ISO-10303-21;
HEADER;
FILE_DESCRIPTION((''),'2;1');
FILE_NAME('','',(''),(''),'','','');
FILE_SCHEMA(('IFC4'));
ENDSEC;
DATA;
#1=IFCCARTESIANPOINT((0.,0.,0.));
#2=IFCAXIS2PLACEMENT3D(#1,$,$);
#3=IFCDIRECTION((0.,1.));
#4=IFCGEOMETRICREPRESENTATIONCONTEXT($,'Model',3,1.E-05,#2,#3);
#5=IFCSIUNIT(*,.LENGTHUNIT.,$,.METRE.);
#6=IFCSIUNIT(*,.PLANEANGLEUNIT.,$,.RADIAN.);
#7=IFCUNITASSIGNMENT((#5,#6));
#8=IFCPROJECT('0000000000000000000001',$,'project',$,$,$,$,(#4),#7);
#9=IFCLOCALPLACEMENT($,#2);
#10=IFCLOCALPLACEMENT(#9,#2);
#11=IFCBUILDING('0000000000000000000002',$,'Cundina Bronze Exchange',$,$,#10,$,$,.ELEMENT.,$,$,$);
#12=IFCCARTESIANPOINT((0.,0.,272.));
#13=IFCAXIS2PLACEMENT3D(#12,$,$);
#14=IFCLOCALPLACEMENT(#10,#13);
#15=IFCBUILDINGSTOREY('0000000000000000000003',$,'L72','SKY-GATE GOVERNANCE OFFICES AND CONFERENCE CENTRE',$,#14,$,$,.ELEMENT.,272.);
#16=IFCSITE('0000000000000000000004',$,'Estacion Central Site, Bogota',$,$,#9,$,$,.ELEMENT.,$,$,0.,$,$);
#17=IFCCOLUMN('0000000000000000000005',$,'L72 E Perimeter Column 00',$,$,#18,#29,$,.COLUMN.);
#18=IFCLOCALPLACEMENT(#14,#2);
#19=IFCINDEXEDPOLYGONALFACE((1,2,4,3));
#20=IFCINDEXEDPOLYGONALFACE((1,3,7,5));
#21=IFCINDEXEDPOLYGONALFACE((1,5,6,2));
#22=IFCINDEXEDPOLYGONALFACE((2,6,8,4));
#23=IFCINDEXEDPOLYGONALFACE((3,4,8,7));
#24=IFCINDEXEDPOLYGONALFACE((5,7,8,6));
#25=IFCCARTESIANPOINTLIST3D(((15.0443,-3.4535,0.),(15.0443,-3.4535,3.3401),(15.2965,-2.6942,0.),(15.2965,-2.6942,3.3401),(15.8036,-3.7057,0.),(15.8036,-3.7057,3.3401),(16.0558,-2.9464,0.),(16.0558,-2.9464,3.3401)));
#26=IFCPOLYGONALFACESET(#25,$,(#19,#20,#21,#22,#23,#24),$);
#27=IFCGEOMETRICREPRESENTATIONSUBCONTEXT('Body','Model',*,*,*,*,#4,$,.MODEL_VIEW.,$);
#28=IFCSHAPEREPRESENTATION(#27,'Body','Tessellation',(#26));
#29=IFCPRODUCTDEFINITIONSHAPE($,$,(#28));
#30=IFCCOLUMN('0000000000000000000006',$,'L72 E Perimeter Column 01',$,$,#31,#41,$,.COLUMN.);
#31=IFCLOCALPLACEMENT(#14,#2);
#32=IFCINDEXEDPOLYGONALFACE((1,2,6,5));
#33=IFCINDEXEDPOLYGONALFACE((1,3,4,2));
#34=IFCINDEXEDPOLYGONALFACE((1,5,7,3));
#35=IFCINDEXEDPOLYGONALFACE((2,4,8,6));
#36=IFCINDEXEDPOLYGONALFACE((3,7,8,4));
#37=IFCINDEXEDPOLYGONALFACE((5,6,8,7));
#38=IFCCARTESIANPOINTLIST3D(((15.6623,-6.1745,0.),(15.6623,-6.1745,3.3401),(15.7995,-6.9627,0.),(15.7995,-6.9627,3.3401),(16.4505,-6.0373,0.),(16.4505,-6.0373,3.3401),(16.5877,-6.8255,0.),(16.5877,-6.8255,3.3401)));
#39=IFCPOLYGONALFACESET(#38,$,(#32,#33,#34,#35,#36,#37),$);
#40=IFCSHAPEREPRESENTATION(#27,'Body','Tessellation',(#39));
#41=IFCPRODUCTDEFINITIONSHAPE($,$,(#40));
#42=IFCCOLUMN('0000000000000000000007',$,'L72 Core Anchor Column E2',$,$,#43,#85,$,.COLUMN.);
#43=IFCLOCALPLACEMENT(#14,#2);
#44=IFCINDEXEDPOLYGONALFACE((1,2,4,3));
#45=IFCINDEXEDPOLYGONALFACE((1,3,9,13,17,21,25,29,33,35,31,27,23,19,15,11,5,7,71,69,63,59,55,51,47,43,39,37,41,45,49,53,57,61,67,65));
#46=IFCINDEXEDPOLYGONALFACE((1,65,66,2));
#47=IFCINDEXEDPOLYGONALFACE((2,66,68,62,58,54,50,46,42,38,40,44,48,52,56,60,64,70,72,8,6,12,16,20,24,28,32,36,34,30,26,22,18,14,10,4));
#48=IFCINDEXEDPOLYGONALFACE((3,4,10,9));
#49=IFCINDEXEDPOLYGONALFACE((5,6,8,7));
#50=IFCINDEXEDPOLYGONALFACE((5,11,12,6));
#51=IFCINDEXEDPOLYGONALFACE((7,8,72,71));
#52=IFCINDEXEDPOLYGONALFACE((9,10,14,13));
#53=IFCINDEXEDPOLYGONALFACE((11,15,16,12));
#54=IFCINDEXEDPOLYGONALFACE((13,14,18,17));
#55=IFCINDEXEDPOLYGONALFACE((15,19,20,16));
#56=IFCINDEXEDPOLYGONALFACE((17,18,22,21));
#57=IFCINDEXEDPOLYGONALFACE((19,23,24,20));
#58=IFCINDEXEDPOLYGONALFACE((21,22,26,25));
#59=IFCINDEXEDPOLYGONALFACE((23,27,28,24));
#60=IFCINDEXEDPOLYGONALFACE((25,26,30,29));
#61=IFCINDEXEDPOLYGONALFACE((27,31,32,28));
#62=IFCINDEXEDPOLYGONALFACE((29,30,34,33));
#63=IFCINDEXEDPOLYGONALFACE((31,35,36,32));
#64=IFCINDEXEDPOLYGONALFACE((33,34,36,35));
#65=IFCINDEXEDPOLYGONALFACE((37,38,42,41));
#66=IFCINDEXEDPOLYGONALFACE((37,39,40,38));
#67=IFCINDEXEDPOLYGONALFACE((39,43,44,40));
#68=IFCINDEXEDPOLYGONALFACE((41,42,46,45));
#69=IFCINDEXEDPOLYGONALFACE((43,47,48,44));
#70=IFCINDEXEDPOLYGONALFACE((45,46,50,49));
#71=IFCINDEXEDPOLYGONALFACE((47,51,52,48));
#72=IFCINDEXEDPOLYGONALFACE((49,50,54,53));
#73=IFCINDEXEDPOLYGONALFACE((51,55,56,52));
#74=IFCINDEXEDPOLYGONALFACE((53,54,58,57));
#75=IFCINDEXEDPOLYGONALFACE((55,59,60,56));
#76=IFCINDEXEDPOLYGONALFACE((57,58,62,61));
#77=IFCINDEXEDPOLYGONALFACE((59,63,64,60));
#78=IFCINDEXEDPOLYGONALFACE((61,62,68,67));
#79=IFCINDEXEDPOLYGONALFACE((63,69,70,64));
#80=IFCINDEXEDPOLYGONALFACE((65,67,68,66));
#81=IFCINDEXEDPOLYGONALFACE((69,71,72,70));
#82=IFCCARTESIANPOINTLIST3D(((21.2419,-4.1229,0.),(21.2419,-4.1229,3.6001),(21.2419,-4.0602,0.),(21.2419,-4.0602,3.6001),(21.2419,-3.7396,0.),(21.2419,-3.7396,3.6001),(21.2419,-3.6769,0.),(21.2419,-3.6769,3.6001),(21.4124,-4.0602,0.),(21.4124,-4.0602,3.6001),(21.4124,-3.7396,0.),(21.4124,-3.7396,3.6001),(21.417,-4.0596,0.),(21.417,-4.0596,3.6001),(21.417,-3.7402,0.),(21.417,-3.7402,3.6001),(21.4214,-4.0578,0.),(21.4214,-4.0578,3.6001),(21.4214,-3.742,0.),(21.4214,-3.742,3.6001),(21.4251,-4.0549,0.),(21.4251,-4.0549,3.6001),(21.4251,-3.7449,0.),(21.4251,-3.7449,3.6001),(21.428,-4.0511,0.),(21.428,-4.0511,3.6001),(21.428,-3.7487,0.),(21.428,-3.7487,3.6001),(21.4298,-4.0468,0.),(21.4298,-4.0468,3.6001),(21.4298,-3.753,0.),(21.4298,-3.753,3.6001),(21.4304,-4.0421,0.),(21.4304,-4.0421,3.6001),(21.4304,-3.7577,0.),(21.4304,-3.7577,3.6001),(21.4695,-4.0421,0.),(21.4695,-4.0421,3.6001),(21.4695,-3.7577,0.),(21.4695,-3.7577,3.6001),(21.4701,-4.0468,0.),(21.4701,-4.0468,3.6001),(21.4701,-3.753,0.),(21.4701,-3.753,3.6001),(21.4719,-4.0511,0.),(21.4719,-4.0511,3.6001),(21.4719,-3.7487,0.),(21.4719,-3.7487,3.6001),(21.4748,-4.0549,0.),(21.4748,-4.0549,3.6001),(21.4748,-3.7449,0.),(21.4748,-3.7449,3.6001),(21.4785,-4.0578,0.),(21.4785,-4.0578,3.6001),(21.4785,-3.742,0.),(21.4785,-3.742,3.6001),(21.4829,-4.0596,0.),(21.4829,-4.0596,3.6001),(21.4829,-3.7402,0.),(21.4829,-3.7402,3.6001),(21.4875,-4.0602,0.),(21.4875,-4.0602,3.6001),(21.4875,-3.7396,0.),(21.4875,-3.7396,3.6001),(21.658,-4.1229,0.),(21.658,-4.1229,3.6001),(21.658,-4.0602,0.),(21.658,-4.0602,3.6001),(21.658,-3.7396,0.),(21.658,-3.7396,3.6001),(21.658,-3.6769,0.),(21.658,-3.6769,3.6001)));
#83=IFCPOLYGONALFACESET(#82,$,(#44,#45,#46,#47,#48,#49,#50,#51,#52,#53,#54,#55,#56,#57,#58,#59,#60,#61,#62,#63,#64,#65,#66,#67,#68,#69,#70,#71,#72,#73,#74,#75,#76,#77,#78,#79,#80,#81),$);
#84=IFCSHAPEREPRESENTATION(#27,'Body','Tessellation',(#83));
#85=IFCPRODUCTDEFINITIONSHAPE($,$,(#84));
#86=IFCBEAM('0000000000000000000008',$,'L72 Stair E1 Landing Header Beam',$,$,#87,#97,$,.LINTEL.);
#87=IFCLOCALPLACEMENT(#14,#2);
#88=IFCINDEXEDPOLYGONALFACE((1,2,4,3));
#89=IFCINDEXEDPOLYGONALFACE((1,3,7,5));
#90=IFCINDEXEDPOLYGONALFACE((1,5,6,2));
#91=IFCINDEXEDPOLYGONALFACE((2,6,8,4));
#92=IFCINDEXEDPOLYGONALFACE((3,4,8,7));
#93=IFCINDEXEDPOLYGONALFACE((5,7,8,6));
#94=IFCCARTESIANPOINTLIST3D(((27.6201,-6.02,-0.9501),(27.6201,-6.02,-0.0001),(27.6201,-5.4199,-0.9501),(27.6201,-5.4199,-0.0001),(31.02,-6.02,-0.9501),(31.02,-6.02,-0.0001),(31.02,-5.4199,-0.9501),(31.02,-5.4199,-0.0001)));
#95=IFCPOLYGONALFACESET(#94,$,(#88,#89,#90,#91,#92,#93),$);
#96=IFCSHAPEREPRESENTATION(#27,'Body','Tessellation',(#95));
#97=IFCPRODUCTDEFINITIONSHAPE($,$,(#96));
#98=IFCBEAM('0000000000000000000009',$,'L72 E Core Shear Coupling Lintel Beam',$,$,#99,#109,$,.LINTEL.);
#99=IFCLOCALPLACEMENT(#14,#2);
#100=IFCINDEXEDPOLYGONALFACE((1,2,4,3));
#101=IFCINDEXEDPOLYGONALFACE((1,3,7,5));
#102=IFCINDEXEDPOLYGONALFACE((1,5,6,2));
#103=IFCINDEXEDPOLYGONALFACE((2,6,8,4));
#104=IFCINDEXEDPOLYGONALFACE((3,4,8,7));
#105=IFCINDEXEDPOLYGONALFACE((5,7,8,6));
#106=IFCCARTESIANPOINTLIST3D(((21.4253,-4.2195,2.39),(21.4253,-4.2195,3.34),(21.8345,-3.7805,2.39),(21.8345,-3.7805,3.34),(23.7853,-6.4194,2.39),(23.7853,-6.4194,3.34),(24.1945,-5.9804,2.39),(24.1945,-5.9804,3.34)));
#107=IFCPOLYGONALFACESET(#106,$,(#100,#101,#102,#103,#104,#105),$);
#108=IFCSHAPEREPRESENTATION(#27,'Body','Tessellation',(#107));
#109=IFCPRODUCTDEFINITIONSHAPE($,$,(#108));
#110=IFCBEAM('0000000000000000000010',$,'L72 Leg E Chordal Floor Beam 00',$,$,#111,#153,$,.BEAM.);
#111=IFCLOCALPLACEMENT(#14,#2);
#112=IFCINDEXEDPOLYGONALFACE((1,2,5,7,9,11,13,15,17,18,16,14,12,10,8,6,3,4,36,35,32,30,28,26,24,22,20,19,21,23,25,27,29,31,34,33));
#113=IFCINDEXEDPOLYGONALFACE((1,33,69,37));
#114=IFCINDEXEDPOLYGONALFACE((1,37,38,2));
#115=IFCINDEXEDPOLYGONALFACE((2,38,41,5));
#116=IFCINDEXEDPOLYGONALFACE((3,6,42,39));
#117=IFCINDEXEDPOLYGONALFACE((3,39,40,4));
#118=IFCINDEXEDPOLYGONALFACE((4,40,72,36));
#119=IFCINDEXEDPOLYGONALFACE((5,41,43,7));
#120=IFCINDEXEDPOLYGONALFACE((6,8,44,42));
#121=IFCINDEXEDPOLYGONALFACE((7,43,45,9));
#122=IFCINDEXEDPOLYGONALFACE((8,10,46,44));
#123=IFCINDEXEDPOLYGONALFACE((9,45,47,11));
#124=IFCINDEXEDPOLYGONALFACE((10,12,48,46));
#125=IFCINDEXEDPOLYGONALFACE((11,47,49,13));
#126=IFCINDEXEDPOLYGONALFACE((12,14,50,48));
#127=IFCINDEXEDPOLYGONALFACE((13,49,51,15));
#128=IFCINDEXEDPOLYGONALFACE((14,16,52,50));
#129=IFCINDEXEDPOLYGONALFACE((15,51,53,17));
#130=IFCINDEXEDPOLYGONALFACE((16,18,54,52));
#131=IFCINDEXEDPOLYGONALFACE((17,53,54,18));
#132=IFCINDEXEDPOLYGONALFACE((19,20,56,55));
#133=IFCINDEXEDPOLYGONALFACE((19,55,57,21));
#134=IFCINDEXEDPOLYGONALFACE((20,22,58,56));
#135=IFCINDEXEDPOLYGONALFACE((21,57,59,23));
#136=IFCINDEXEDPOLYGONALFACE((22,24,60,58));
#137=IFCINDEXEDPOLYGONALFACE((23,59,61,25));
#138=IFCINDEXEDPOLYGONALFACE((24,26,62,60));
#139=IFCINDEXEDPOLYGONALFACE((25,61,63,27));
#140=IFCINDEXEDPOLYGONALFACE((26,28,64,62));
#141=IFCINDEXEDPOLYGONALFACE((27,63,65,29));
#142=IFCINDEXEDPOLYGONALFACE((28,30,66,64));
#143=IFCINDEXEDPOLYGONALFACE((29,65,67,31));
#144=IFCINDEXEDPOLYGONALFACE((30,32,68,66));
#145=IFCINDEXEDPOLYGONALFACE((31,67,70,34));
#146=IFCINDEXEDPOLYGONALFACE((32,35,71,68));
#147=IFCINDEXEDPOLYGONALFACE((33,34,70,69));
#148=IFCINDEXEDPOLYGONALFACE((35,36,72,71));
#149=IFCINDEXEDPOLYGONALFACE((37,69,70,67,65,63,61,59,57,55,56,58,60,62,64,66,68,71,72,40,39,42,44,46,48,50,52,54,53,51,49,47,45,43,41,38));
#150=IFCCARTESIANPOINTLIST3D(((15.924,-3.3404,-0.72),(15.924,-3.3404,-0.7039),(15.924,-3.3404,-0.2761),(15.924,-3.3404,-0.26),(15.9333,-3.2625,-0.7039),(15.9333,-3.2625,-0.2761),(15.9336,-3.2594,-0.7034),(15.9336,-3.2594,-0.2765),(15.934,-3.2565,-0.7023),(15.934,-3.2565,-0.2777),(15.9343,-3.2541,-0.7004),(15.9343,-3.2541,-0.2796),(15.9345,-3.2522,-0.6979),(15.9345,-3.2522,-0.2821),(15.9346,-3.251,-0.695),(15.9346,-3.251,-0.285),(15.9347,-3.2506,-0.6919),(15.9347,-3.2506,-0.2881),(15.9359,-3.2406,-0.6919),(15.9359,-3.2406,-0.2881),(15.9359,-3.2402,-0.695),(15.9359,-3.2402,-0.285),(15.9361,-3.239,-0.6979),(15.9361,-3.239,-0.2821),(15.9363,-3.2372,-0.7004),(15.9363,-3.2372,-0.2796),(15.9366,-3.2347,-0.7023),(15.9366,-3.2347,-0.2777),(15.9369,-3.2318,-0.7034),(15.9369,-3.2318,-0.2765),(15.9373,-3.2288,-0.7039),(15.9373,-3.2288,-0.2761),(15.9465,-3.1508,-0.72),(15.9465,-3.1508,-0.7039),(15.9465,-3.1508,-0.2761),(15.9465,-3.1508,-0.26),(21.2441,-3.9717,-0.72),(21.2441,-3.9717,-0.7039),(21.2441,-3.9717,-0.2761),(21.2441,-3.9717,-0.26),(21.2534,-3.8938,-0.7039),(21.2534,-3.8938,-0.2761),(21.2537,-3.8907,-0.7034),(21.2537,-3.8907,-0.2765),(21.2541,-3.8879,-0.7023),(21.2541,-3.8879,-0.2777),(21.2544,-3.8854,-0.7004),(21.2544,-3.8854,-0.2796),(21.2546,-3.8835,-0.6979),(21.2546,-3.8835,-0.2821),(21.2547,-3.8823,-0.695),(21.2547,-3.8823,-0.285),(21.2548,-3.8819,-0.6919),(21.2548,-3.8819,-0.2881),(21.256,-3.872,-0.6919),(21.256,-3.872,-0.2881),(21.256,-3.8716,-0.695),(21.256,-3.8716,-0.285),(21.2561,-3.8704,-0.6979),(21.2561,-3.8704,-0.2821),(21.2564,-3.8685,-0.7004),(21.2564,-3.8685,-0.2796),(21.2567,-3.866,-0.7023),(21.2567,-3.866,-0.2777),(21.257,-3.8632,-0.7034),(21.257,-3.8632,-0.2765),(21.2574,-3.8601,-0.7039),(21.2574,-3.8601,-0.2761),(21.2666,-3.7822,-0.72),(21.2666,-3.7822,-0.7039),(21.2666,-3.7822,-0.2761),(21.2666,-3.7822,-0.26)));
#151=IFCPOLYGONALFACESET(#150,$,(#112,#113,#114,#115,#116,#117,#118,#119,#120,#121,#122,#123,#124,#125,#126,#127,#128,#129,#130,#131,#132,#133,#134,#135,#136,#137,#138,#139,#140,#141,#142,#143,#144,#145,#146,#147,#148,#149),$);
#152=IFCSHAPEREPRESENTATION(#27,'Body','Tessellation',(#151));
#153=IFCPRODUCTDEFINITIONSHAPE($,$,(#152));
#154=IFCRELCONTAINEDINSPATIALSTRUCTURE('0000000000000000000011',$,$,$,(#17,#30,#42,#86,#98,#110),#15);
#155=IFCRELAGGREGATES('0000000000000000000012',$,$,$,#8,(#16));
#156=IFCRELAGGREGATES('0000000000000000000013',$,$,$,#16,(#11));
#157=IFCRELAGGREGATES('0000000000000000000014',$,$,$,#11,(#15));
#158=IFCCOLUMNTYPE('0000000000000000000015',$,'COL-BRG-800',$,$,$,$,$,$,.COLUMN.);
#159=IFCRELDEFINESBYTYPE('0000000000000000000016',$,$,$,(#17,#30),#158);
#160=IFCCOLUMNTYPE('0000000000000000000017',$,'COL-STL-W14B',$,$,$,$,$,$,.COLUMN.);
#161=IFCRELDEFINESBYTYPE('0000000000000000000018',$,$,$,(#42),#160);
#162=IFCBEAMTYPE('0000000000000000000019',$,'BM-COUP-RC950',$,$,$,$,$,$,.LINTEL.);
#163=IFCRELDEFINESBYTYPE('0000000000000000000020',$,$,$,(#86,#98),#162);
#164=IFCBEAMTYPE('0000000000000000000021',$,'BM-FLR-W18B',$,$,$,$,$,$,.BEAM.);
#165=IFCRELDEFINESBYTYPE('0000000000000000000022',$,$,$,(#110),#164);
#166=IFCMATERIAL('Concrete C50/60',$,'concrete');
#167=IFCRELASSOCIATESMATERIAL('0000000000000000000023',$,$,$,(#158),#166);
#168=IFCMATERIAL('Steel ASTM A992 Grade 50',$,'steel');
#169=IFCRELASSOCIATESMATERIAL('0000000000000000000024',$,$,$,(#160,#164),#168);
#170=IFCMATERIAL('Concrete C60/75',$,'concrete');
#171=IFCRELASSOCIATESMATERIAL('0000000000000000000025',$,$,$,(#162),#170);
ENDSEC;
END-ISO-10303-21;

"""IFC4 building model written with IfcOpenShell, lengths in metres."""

from ifc_helpers import new_model, si_unit, direction, frame, origin, origin_2d, place, context, subcontext, project, spatial, rectangle, i_section, extrude, material, material_profile, profile_set, type_object, element, save


model = new_model("IFC4")

# Units and contexts
model_context = context("Model", 3, precision=1e-05, world=origin(), true_north=direction((0.0, 1.0)))
body_context = subcontext(model_context, "Body", "Model", "MODEL_VIEW")
ifc_project = project(units=[si_unit("LENGTHUNIT", "METRE"), si_unit("PLANEANGLEUNIT", "RADIAN")], contexts=[model_context])

# Site, building, storey
site_placement = place(None, origin())
site = spatial("IfcSite", under=ifc_project, at=site_placement, Name="Estacion Central Site, Bogota", CompositionType="ELEMENT", RefElevation=0.0)
building_placement = place(site_placement, origin())
building = spatial("IfcBuilding", under=site, at=building_placement, Name="Cundina Bronze Exchange", CompositionType="ELEMENT")
storey_placement = place(building_placement, frame((0.0, 0.0, 272.0)))
storey = spatial("IfcBuildingStorey", under=building, at=storey_placement, Name="L72", Description="SKY-GATE GOVERNANCE OFFICES AND CONFERENCE CENTRE", CompositionType="ELEMENT", Elevation=272.0)

# Columns
ifc_material_1 = material(Name="Concrete C50/60", Category="concrete")
ifc_material_profile_1 = material_profile(ifc_material_1, rectangle(XDim=0.8, YDim=0.8, at=origin_2d()), Name="RC800X800", Category="concrete")
ifc_profile_set_1 = profile_set([ifc_material_profile_1], Name="Concrete C50/60")
column_type_1 = type_object("IfcColumnType", Name="COL-BRG-800", PredefinedType="COLUMN", material=ifc_profile_set_1)
for number, where, z_axis, x_axis, name in (
    (1, (15.55, -3.2, 0.0), (0.0, 0.0, 1.0), (-0.315152, -0.949041, 0.0), "L72 E Perimeter Column 00"),
    (2, (16.125, -6.5, 0.0), (0.0, 0.0, 1.0), (0.171585, -0.985169, 0.0), "L72 E Perimeter Column 01"),
):
    element("IfcColumn", number, at=place(storey_placement, frame(where, z_axis=z_axis, x_axis=x_axis)), inside=storey, type_object=column_type_1, Name=name, PredefinedType="COLUMN", context=body_context, shape_type="SweptSolid", body=[
        extrude(rectangle(XDim=0.8, YDim=0.8, at=origin_2d()), origin(), (0.0, 0.0, 1.0), 3.3401),
    ])
ifc_material_2 = material(Name="Steel ASTM A992 Grade 50", Category="steel")
ifc_material_profile_2 = material_profile(ifc_material_2, i_section(OverallWidth=0.416, OverallDepth=0.446, WebThickness=0.0391, FlangeThickness=0.0627, FilletRadius=0.0181, at=origin_2d()), Name="W14X342", Category="steel")
ifc_profile_set_2 = profile_set([ifc_material_profile_2], Name="Steel ASTM A992 Grade 50")
column_type_2 = type_object("IfcColumnType", Name="COL-STL-W14B", PredefinedType="COLUMN", material=ifc_profile_set_2)
column_placement = place(storey_placement, frame((21.45, -3.8999, 0.0), z_axis=(0.0, 0.0, 1.0), x_axis=(1.0, 0.0, 0.0)))
element("IfcColumn", 3, at=column_placement, inside=storey, type_object=column_type_2, Name="L72 Core Anchor Column E2", PredefinedType="COLUMN", context=body_context, shape_type="SweptSolid", body=[
    extrude(i_section(OverallWidth=0.416, OverallDepth=0.446, WebThickness=0.0391, FlangeThickness=0.0627, FilletRadius=0.0181, at=origin_2d()), origin(), (0.0, 0.0, 1.0), 3.6001),
])

# Beams
ifc_material_3 = material(Name="Concrete C60/75", Category="concrete")
ifc_material_profile_3 = material_profile(ifc_material_3, rectangle(XDim=0.6001, YDim=0.95, at=origin_2d()), Name="RC600X950", Category="concrete")
ifc_profile_set_3 = profile_set([ifc_material_profile_3], Name="Concrete C60/75")
beam_type_1 = type_object("IfcBeamType", Name="BM-COUP-RC950", PredefinedType="LINTEL", material=ifc_profile_set_3)
beam_1_placement = place(storey_placement, frame((27.6201, -5.72, -0.4751), z_axis=(1.0, 0.0, 0.0), x_axis=(0.0, 1.0, 0.0)))
element("IfcBeam", 4, at=beam_1_placement, inside=storey, type_object=beam_type_1, Name="L72 Stair E1 Landing Header Beam", PredefinedType="LINTEL", context=body_context, shape_type="SweptSolid", body=[
    extrude(rectangle(XDim=0.6001, YDim=0.95, at=origin_2d()), origin(), (0.0, 0.0, 1.0), 3.3999),
])
beam_2_placement = place(storey_placement, frame((21.6299, -4.0, 2.865), z_axis=(0.73149, -0.681852, 0.0), x_axis=(0.681852, 0.73149, 0.0)))
element("IfcBeam", 5, at=beam_2_placement, inside=storey, type_object=beam_type_1, Name="L72 E Core Shear Coupling Lintel Beam", PredefinedType="LINTEL", context=body_context, shape_type="SweptSolid", body=[
    extrude(rectangle(XDim=0.6001, YDim=0.95, at=origin_2d()), origin(), (0.0, 0.0, 1.0), 3.2263),
])
ifc_material_profile_4 = material_profile(ifc_material_2, i_section(OverallWidth=0.1909, OverallDepth=0.46, WebThickness=0.01, FlangeThickness=0.0161, FilletRadius=0.012, at=origin_2d()), Name="W18X55", Category="steel")
ifc_profile_set_4 = profile_set([ifc_material_profile_4], Name="Steel ASTM A992 Grade 50")
beam_type_2 = type_object("IfcBeamType", Name="BM-FLR-W18B", PredefinedType="BEAM", material=ifc_profile_set_4)
beam_3_placement = place(storey_placement, frame((21.2554, -3.877, -0.49), z_axis=(-0.993032, 0.117846, 0.0), x_axis=(-0.117846, -0.993032, 0.0)))
element("IfcBeam", 6, at=beam_3_placement, inside=storey, type_object=beam_type_2, Name="L72 Leg E Chordal Floor Beam 00", PredefinedType="BEAM", context=body_context, shape_type="SweptSolid", body=[
    extrude(i_section(OverallWidth=0.1909, OverallDepth=0.46, WebThickness=0.01, FlangeThickness=0.0161, FilletRadius=0.012, at=origin_2d()), origin(), (0.0, 0.0, 1.0), 5.3574),
])

save(model, "model.ifc")
